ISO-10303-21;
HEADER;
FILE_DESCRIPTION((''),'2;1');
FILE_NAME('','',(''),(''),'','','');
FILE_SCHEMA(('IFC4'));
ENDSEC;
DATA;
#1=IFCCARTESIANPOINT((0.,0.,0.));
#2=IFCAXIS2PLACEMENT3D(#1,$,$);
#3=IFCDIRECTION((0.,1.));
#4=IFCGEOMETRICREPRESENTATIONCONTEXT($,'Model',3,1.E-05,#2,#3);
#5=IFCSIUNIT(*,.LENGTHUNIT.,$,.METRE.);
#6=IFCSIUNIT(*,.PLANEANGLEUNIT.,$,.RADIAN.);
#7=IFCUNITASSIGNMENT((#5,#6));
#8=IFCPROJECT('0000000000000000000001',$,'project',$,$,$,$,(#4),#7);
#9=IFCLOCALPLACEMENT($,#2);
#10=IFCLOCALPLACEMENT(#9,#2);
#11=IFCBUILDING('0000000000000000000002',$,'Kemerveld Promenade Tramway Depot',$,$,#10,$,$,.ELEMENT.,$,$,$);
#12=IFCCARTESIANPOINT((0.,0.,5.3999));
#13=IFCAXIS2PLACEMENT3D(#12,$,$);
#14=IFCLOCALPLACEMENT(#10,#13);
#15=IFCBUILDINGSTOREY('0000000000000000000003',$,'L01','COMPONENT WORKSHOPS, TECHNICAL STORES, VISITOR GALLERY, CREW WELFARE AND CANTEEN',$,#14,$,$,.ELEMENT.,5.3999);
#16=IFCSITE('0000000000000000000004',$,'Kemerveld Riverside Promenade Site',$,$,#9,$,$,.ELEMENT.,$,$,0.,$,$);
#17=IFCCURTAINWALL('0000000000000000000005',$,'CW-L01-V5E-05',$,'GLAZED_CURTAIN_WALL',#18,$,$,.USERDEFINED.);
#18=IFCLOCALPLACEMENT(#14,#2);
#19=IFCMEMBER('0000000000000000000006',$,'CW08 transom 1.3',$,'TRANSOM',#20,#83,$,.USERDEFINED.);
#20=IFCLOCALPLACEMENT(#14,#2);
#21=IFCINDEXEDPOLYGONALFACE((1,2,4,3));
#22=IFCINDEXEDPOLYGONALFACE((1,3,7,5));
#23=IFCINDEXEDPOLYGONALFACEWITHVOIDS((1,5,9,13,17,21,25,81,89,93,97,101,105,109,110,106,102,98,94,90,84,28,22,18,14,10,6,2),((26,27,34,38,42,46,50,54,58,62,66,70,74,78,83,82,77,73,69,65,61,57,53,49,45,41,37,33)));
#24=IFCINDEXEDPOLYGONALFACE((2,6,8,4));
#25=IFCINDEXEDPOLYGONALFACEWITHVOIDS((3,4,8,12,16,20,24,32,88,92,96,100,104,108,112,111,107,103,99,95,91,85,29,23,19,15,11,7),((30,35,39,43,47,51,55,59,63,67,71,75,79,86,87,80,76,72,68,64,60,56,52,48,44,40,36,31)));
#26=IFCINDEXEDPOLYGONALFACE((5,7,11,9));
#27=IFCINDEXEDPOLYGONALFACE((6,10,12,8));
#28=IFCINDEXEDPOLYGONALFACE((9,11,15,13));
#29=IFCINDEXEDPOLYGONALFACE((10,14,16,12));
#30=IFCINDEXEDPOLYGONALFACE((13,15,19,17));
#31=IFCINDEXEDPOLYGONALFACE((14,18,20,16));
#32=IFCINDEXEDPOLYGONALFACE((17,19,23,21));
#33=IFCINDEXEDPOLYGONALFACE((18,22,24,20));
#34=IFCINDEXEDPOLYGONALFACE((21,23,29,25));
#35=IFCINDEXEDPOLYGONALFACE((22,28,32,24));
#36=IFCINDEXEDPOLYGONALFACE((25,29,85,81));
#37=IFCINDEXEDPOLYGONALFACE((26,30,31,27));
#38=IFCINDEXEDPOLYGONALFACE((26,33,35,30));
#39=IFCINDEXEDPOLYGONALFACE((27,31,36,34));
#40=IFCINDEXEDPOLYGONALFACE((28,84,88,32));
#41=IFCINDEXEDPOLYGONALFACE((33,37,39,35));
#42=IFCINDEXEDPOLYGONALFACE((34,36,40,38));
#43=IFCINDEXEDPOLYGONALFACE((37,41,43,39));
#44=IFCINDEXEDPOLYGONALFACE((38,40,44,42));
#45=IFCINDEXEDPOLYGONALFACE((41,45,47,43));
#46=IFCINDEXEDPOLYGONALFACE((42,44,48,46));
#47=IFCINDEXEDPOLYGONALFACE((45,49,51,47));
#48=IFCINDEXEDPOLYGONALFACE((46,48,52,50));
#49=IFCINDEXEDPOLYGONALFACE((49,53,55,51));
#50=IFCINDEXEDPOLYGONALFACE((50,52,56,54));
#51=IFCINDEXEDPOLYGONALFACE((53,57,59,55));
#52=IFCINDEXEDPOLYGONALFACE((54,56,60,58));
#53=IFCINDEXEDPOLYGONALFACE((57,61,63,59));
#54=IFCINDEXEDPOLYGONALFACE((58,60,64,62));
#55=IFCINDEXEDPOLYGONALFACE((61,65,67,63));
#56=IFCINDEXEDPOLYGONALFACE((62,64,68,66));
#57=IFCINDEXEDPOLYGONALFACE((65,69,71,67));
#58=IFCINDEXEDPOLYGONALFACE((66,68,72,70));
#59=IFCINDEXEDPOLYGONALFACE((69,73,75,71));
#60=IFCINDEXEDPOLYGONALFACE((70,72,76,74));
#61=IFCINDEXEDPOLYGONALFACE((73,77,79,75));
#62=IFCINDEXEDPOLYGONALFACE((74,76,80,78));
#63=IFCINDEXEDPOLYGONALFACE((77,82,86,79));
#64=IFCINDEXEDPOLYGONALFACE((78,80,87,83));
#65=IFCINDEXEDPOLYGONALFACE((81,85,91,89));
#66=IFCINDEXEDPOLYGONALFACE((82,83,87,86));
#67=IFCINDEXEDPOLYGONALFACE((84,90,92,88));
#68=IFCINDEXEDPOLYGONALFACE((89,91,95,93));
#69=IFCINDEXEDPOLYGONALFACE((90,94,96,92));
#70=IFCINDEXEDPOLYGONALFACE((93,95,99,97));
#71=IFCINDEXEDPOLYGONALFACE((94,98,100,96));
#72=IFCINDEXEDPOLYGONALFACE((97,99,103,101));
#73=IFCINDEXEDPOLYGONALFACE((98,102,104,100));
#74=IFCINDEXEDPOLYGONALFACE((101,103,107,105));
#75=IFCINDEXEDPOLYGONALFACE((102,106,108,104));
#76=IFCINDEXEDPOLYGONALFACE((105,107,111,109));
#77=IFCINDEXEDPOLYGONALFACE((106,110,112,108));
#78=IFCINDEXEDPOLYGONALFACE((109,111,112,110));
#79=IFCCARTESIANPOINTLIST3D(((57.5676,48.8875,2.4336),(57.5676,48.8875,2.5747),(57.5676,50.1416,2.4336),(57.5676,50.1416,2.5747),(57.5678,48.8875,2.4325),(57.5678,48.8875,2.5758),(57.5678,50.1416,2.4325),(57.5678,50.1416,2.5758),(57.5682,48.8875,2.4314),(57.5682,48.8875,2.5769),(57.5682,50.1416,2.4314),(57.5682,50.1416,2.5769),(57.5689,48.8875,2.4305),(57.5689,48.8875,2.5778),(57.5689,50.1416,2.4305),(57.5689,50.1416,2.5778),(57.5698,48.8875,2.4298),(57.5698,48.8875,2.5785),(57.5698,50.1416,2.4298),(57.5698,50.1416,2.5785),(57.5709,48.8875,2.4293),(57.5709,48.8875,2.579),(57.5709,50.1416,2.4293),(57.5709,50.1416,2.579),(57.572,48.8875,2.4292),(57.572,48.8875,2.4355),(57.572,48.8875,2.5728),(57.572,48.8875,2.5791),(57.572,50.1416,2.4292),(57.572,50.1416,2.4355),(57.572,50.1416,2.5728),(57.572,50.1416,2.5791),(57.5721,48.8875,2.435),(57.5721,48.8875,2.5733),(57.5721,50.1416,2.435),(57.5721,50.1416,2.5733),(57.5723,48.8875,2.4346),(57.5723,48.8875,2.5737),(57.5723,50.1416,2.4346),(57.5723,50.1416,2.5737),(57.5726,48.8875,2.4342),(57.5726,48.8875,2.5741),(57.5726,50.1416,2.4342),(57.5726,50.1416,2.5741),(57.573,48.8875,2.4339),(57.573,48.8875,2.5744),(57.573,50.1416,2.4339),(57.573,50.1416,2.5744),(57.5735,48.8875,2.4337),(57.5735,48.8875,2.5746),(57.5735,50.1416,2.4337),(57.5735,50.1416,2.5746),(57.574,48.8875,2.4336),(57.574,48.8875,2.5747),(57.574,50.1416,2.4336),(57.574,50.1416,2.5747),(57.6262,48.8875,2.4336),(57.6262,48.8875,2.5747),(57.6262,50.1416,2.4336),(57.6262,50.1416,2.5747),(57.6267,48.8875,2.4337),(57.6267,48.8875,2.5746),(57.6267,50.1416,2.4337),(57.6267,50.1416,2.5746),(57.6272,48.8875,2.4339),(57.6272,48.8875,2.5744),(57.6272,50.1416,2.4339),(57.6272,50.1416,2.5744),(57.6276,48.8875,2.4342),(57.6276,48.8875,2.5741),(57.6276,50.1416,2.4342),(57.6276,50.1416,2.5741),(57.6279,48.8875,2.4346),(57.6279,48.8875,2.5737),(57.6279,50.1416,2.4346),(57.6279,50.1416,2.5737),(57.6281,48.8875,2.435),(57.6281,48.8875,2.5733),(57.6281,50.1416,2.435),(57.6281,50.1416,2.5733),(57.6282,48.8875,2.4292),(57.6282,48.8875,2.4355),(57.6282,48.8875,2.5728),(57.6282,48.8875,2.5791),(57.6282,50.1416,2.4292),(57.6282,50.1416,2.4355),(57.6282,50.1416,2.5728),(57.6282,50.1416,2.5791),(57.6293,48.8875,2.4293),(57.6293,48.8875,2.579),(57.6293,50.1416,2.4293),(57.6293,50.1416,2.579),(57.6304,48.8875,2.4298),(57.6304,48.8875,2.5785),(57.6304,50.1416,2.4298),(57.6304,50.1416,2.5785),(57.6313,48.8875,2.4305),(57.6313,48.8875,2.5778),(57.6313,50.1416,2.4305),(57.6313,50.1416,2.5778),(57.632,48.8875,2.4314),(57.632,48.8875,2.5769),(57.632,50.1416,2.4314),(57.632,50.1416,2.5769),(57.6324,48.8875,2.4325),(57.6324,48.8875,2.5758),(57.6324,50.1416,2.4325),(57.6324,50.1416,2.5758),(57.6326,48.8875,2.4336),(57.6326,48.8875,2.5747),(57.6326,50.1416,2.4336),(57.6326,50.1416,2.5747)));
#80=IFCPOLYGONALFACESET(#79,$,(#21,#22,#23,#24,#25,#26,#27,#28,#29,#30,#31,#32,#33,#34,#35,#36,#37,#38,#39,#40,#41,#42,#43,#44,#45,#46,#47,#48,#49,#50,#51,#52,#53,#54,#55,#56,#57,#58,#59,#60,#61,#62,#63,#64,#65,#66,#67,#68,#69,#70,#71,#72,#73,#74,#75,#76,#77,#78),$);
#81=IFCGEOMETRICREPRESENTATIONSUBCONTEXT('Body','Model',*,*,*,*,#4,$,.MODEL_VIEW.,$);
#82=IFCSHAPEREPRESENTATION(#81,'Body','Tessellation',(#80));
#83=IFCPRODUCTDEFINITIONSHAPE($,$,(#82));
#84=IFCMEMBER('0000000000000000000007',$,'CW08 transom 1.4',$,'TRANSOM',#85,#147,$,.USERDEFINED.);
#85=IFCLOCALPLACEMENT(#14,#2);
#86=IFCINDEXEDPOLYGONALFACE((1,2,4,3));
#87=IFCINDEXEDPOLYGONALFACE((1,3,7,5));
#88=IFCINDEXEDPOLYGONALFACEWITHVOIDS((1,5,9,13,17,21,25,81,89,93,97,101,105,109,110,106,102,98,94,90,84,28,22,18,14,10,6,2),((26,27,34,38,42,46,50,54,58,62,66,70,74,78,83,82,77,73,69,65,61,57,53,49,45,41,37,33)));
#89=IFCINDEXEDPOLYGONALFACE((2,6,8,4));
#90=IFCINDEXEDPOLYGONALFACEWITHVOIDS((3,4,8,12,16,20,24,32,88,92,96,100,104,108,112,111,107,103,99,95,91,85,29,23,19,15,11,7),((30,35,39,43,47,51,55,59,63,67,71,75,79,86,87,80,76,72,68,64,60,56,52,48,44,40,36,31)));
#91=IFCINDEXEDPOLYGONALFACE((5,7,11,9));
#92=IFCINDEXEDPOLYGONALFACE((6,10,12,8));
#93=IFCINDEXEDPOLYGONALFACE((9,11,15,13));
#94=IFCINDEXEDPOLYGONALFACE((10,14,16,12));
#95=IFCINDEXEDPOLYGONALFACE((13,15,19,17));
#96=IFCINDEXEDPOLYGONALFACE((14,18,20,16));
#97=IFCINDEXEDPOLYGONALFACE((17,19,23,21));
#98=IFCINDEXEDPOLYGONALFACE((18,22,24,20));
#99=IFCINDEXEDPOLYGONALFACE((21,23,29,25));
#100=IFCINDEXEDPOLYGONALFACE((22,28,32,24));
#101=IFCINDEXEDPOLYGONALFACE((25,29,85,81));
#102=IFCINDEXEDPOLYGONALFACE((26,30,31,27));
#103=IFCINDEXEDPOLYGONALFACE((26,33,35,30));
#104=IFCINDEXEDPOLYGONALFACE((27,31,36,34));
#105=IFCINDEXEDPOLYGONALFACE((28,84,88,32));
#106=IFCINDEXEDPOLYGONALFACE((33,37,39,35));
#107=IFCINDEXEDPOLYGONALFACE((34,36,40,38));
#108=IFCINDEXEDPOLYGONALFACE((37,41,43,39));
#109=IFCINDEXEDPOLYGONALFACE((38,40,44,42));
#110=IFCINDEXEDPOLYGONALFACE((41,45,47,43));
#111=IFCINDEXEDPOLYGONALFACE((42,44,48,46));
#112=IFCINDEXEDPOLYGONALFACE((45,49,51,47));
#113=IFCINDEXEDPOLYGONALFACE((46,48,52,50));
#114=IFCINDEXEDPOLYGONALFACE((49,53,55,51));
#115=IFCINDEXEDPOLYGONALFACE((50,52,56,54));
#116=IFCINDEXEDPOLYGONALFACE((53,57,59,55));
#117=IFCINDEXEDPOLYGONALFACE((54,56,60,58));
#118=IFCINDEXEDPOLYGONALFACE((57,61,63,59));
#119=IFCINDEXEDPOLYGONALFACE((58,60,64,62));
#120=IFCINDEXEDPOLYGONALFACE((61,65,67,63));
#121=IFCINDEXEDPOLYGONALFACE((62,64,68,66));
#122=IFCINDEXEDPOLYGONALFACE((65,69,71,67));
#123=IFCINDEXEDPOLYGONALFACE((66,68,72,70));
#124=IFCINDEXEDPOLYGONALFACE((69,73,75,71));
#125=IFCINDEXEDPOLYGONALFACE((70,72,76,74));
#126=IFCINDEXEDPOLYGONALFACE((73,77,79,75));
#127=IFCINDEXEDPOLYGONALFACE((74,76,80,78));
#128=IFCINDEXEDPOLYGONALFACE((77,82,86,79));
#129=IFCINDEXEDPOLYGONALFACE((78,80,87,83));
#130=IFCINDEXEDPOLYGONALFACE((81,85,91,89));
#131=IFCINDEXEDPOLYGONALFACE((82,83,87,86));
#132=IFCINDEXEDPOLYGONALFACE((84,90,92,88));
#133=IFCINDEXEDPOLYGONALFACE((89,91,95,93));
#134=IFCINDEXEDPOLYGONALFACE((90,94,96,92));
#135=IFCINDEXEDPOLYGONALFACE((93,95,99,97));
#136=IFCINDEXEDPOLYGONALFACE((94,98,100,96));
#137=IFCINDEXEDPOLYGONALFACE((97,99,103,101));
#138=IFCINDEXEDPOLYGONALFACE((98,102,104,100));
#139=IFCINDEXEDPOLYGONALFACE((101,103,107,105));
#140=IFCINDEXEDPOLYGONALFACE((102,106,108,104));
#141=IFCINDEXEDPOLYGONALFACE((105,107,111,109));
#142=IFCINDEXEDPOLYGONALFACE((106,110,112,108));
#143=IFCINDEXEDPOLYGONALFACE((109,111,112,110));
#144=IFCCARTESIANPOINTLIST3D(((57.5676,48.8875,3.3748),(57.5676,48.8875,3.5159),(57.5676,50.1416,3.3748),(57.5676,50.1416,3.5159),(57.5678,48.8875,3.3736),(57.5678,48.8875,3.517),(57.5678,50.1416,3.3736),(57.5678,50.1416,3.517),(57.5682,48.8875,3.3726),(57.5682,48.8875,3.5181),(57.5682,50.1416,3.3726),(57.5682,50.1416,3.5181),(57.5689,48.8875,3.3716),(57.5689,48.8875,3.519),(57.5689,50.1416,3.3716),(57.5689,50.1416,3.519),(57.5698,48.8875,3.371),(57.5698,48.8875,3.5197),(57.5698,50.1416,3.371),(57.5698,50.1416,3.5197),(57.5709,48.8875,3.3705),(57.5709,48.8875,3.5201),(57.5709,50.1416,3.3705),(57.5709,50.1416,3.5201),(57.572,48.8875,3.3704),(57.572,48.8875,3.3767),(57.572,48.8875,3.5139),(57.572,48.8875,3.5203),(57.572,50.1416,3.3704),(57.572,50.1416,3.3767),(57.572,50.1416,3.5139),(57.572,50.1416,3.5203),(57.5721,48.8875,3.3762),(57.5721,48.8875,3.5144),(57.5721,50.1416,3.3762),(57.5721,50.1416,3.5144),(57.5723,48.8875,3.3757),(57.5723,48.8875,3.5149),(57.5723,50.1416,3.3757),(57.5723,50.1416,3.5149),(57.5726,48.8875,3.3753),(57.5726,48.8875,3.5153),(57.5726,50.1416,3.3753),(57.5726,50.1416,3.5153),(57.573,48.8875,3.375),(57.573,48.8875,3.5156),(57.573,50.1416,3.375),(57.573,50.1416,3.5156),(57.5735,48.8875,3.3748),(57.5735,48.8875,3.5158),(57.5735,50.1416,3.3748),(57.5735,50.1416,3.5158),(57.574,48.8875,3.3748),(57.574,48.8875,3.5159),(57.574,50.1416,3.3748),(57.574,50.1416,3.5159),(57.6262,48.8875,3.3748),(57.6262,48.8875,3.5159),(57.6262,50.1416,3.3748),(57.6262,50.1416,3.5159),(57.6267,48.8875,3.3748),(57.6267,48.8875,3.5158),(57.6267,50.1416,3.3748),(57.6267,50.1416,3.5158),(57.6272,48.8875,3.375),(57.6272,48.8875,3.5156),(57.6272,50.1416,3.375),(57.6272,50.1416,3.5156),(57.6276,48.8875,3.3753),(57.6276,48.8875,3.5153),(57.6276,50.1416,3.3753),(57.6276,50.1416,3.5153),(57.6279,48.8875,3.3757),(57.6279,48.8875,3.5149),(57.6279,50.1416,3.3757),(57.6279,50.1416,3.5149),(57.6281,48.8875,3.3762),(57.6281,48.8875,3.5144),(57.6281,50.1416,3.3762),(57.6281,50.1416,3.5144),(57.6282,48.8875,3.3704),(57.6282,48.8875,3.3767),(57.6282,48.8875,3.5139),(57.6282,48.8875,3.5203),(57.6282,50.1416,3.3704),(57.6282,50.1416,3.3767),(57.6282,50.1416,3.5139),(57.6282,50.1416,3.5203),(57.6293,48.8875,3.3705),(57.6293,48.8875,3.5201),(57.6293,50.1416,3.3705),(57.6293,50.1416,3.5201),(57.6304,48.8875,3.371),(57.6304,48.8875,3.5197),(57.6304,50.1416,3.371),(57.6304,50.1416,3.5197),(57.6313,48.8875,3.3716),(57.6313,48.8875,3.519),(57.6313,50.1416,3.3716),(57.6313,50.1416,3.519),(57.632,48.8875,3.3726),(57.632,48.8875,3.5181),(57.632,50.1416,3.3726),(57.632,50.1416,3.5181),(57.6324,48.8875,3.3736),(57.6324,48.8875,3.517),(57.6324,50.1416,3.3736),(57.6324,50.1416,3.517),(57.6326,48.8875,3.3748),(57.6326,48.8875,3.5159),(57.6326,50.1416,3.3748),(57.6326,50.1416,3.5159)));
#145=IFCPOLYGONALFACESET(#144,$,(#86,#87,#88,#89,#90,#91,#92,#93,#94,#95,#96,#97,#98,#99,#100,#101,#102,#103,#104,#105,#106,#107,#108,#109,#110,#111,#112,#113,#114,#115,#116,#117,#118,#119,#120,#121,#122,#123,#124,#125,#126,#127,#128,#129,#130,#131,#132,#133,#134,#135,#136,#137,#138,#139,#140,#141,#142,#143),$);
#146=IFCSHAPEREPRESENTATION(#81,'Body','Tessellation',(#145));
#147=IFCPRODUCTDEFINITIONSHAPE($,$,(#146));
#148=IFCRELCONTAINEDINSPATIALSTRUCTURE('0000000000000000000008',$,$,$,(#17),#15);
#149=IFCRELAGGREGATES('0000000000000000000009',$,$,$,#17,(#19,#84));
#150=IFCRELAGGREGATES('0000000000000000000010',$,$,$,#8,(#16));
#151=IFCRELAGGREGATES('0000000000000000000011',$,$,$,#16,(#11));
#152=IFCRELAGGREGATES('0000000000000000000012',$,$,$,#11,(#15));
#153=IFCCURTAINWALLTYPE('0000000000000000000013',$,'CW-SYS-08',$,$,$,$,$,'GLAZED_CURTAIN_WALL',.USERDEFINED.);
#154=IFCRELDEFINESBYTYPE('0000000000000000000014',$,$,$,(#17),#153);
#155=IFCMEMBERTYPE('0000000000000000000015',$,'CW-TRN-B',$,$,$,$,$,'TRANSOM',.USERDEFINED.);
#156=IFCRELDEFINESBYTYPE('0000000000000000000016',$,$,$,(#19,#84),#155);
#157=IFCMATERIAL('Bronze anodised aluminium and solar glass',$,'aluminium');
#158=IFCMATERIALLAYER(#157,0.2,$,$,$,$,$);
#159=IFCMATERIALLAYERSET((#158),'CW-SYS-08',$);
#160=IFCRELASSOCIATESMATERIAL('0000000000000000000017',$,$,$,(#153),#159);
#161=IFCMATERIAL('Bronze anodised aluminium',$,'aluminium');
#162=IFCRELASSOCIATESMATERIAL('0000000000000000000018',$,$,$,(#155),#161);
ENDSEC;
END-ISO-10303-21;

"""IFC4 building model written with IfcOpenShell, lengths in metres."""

from ifc_helpers import new_model, si_unit, direction, frame, origin, origin_2d, place, context, subcontext, project, spatial, hollow_rectangle, extrude, material, layer, layer_set, material_profile, profile_set, type_object, element, aggregate, save


model = new_model("IFC4")

# Units and contexts
model_context = context("Model", 3, precision=1e-05, world=origin(), true_north=direction((0.0, 1.0)))
body_context = subcontext(model_context, "Body", "Model", "MODEL_VIEW")
ifc_project = project(units=[si_unit("LENGTHUNIT", "METRE"), si_unit("PLANEANGLEUNIT", "RADIAN")], contexts=[model_context])

# Site, building, storey
site_placement = place(None, origin())
site = spatial("IfcSite", under=ifc_project, at=site_placement, Name="Kemerveld Riverside Promenade Site", CompositionType="ELEMENT", RefElevation=0.0)
building_placement = place(site_placement, origin())
building = spatial("IfcBuilding", under=site, at=building_placement, Name="Kemerveld Promenade Tramway Depot", CompositionType="ELEMENT")
storey_placement = place(building_placement, frame((0.0, 0.0, 5.3999)))
storey = spatial("IfcBuildingStorey", under=building, at=storey_placement, Name="L01", Description="COMPONENT WORKSHOPS, TECHNICAL STORES, VISITOR GALLERY, CREW WELFARE AND CANTEEN", CompositionType="ELEMENT", Elevation=5.3999)

# Curtain wall, members
ifc_material_1 = material(Name="Bronze anodised aluminium and solar glass", Category="aluminium")
ifc_layer_1 = layer(ifc_material_1, 0.2)
ifc_layer_set_1 = layer_set([ifc_layer_1], Name="CW-SYS-08")
curtain_wall_type = type_object("IfcCurtainWallType", Name="CW-SYS-08", ElementType="GLAZED_CURTAIN_WALL", PredefinedType="USERDEFINED", material=ifc_layer_set_1)
curtain_wall_placement = place(storey_placement, origin())
curtain_wall = element("IfcCurtainWall", 1, at=curtain_wall_placement, inside=storey, type_object=curtain_wall_type, Name="CW-L01-V5E-05", ObjectType="GLAZED_CURTAIN_WALL", PredefinedType="USERDEFINED")
ifc_material_2 = material(Name="Bronze anodised aluminium", Category="aluminium")
ifc_material_profile_1 = material_profile(ifc_material_2, hollow_rectangle(XDim=0.0649, YDim=0.1499, WallThickness=0.0044, InnerFilletRadius=0.002, OuterFilletRadius=0.0044, at=origin_2d()), Name="CW-TRN-150x65")
ifc_profile_set_1 = profile_set([ifc_material_profile_1], Name="Bronze anodised aluminium")
member_type_1 = type_object("IfcMemberType", Name="CW-TRN-B", ElementType="TRANSOM", PredefinedType="USERDEFINED", material=ifc_profile_set_1)
member_1_placement = place(storey_placement, frame((57.6001, 50.1416, 2.5042), z_axis=(0.0, -1.0, 0.0), x_axis=(1.0, 0.0, 0.0)))
member_1 = element("IfcMember", 2, at=member_1_placement, type_object=member_type_1, Name="CW08 transom 1.3", ObjectType="TRANSOM", PredefinedType="USERDEFINED", context=body_context, shape_type="SweptSolid", body=[
    extrude(hollow_rectangle(XDim=0.0649, YDim=0.1499, WallThickness=0.0044, InnerFilletRadius=0.002, OuterFilletRadius=0.0044, at=origin_2d()), origin(), (0.0, 0.0, 1.0), 1.2542),
])
member_2_placement = place(storey_placement, frame((57.6001, 50.1416, 3.4453), z_axis=(0.0, -1.0, 0.0), x_axis=(1.0, 0.0, 0.0)))
member_2 = element("IfcMember", 3, at=member_2_placement, type_object=member_type_1, Name="CW08 transom 1.4", ObjectType="TRANSOM", PredefinedType="USERDEFINED", context=body_context, shape_type="SweptSolid", body=[
    extrude(hollow_rectangle(XDim=0.0649, YDim=0.1499, WallThickness=0.0044, InnerFilletRadius=0.002, OuterFilletRadius=0.0044, at=origin_2d()), origin(), (0.0, 0.0, 1.0), 1.2542),
])
aggregate(curtain_wall, [member_1, member_2])

save(model, "model.ifc")
